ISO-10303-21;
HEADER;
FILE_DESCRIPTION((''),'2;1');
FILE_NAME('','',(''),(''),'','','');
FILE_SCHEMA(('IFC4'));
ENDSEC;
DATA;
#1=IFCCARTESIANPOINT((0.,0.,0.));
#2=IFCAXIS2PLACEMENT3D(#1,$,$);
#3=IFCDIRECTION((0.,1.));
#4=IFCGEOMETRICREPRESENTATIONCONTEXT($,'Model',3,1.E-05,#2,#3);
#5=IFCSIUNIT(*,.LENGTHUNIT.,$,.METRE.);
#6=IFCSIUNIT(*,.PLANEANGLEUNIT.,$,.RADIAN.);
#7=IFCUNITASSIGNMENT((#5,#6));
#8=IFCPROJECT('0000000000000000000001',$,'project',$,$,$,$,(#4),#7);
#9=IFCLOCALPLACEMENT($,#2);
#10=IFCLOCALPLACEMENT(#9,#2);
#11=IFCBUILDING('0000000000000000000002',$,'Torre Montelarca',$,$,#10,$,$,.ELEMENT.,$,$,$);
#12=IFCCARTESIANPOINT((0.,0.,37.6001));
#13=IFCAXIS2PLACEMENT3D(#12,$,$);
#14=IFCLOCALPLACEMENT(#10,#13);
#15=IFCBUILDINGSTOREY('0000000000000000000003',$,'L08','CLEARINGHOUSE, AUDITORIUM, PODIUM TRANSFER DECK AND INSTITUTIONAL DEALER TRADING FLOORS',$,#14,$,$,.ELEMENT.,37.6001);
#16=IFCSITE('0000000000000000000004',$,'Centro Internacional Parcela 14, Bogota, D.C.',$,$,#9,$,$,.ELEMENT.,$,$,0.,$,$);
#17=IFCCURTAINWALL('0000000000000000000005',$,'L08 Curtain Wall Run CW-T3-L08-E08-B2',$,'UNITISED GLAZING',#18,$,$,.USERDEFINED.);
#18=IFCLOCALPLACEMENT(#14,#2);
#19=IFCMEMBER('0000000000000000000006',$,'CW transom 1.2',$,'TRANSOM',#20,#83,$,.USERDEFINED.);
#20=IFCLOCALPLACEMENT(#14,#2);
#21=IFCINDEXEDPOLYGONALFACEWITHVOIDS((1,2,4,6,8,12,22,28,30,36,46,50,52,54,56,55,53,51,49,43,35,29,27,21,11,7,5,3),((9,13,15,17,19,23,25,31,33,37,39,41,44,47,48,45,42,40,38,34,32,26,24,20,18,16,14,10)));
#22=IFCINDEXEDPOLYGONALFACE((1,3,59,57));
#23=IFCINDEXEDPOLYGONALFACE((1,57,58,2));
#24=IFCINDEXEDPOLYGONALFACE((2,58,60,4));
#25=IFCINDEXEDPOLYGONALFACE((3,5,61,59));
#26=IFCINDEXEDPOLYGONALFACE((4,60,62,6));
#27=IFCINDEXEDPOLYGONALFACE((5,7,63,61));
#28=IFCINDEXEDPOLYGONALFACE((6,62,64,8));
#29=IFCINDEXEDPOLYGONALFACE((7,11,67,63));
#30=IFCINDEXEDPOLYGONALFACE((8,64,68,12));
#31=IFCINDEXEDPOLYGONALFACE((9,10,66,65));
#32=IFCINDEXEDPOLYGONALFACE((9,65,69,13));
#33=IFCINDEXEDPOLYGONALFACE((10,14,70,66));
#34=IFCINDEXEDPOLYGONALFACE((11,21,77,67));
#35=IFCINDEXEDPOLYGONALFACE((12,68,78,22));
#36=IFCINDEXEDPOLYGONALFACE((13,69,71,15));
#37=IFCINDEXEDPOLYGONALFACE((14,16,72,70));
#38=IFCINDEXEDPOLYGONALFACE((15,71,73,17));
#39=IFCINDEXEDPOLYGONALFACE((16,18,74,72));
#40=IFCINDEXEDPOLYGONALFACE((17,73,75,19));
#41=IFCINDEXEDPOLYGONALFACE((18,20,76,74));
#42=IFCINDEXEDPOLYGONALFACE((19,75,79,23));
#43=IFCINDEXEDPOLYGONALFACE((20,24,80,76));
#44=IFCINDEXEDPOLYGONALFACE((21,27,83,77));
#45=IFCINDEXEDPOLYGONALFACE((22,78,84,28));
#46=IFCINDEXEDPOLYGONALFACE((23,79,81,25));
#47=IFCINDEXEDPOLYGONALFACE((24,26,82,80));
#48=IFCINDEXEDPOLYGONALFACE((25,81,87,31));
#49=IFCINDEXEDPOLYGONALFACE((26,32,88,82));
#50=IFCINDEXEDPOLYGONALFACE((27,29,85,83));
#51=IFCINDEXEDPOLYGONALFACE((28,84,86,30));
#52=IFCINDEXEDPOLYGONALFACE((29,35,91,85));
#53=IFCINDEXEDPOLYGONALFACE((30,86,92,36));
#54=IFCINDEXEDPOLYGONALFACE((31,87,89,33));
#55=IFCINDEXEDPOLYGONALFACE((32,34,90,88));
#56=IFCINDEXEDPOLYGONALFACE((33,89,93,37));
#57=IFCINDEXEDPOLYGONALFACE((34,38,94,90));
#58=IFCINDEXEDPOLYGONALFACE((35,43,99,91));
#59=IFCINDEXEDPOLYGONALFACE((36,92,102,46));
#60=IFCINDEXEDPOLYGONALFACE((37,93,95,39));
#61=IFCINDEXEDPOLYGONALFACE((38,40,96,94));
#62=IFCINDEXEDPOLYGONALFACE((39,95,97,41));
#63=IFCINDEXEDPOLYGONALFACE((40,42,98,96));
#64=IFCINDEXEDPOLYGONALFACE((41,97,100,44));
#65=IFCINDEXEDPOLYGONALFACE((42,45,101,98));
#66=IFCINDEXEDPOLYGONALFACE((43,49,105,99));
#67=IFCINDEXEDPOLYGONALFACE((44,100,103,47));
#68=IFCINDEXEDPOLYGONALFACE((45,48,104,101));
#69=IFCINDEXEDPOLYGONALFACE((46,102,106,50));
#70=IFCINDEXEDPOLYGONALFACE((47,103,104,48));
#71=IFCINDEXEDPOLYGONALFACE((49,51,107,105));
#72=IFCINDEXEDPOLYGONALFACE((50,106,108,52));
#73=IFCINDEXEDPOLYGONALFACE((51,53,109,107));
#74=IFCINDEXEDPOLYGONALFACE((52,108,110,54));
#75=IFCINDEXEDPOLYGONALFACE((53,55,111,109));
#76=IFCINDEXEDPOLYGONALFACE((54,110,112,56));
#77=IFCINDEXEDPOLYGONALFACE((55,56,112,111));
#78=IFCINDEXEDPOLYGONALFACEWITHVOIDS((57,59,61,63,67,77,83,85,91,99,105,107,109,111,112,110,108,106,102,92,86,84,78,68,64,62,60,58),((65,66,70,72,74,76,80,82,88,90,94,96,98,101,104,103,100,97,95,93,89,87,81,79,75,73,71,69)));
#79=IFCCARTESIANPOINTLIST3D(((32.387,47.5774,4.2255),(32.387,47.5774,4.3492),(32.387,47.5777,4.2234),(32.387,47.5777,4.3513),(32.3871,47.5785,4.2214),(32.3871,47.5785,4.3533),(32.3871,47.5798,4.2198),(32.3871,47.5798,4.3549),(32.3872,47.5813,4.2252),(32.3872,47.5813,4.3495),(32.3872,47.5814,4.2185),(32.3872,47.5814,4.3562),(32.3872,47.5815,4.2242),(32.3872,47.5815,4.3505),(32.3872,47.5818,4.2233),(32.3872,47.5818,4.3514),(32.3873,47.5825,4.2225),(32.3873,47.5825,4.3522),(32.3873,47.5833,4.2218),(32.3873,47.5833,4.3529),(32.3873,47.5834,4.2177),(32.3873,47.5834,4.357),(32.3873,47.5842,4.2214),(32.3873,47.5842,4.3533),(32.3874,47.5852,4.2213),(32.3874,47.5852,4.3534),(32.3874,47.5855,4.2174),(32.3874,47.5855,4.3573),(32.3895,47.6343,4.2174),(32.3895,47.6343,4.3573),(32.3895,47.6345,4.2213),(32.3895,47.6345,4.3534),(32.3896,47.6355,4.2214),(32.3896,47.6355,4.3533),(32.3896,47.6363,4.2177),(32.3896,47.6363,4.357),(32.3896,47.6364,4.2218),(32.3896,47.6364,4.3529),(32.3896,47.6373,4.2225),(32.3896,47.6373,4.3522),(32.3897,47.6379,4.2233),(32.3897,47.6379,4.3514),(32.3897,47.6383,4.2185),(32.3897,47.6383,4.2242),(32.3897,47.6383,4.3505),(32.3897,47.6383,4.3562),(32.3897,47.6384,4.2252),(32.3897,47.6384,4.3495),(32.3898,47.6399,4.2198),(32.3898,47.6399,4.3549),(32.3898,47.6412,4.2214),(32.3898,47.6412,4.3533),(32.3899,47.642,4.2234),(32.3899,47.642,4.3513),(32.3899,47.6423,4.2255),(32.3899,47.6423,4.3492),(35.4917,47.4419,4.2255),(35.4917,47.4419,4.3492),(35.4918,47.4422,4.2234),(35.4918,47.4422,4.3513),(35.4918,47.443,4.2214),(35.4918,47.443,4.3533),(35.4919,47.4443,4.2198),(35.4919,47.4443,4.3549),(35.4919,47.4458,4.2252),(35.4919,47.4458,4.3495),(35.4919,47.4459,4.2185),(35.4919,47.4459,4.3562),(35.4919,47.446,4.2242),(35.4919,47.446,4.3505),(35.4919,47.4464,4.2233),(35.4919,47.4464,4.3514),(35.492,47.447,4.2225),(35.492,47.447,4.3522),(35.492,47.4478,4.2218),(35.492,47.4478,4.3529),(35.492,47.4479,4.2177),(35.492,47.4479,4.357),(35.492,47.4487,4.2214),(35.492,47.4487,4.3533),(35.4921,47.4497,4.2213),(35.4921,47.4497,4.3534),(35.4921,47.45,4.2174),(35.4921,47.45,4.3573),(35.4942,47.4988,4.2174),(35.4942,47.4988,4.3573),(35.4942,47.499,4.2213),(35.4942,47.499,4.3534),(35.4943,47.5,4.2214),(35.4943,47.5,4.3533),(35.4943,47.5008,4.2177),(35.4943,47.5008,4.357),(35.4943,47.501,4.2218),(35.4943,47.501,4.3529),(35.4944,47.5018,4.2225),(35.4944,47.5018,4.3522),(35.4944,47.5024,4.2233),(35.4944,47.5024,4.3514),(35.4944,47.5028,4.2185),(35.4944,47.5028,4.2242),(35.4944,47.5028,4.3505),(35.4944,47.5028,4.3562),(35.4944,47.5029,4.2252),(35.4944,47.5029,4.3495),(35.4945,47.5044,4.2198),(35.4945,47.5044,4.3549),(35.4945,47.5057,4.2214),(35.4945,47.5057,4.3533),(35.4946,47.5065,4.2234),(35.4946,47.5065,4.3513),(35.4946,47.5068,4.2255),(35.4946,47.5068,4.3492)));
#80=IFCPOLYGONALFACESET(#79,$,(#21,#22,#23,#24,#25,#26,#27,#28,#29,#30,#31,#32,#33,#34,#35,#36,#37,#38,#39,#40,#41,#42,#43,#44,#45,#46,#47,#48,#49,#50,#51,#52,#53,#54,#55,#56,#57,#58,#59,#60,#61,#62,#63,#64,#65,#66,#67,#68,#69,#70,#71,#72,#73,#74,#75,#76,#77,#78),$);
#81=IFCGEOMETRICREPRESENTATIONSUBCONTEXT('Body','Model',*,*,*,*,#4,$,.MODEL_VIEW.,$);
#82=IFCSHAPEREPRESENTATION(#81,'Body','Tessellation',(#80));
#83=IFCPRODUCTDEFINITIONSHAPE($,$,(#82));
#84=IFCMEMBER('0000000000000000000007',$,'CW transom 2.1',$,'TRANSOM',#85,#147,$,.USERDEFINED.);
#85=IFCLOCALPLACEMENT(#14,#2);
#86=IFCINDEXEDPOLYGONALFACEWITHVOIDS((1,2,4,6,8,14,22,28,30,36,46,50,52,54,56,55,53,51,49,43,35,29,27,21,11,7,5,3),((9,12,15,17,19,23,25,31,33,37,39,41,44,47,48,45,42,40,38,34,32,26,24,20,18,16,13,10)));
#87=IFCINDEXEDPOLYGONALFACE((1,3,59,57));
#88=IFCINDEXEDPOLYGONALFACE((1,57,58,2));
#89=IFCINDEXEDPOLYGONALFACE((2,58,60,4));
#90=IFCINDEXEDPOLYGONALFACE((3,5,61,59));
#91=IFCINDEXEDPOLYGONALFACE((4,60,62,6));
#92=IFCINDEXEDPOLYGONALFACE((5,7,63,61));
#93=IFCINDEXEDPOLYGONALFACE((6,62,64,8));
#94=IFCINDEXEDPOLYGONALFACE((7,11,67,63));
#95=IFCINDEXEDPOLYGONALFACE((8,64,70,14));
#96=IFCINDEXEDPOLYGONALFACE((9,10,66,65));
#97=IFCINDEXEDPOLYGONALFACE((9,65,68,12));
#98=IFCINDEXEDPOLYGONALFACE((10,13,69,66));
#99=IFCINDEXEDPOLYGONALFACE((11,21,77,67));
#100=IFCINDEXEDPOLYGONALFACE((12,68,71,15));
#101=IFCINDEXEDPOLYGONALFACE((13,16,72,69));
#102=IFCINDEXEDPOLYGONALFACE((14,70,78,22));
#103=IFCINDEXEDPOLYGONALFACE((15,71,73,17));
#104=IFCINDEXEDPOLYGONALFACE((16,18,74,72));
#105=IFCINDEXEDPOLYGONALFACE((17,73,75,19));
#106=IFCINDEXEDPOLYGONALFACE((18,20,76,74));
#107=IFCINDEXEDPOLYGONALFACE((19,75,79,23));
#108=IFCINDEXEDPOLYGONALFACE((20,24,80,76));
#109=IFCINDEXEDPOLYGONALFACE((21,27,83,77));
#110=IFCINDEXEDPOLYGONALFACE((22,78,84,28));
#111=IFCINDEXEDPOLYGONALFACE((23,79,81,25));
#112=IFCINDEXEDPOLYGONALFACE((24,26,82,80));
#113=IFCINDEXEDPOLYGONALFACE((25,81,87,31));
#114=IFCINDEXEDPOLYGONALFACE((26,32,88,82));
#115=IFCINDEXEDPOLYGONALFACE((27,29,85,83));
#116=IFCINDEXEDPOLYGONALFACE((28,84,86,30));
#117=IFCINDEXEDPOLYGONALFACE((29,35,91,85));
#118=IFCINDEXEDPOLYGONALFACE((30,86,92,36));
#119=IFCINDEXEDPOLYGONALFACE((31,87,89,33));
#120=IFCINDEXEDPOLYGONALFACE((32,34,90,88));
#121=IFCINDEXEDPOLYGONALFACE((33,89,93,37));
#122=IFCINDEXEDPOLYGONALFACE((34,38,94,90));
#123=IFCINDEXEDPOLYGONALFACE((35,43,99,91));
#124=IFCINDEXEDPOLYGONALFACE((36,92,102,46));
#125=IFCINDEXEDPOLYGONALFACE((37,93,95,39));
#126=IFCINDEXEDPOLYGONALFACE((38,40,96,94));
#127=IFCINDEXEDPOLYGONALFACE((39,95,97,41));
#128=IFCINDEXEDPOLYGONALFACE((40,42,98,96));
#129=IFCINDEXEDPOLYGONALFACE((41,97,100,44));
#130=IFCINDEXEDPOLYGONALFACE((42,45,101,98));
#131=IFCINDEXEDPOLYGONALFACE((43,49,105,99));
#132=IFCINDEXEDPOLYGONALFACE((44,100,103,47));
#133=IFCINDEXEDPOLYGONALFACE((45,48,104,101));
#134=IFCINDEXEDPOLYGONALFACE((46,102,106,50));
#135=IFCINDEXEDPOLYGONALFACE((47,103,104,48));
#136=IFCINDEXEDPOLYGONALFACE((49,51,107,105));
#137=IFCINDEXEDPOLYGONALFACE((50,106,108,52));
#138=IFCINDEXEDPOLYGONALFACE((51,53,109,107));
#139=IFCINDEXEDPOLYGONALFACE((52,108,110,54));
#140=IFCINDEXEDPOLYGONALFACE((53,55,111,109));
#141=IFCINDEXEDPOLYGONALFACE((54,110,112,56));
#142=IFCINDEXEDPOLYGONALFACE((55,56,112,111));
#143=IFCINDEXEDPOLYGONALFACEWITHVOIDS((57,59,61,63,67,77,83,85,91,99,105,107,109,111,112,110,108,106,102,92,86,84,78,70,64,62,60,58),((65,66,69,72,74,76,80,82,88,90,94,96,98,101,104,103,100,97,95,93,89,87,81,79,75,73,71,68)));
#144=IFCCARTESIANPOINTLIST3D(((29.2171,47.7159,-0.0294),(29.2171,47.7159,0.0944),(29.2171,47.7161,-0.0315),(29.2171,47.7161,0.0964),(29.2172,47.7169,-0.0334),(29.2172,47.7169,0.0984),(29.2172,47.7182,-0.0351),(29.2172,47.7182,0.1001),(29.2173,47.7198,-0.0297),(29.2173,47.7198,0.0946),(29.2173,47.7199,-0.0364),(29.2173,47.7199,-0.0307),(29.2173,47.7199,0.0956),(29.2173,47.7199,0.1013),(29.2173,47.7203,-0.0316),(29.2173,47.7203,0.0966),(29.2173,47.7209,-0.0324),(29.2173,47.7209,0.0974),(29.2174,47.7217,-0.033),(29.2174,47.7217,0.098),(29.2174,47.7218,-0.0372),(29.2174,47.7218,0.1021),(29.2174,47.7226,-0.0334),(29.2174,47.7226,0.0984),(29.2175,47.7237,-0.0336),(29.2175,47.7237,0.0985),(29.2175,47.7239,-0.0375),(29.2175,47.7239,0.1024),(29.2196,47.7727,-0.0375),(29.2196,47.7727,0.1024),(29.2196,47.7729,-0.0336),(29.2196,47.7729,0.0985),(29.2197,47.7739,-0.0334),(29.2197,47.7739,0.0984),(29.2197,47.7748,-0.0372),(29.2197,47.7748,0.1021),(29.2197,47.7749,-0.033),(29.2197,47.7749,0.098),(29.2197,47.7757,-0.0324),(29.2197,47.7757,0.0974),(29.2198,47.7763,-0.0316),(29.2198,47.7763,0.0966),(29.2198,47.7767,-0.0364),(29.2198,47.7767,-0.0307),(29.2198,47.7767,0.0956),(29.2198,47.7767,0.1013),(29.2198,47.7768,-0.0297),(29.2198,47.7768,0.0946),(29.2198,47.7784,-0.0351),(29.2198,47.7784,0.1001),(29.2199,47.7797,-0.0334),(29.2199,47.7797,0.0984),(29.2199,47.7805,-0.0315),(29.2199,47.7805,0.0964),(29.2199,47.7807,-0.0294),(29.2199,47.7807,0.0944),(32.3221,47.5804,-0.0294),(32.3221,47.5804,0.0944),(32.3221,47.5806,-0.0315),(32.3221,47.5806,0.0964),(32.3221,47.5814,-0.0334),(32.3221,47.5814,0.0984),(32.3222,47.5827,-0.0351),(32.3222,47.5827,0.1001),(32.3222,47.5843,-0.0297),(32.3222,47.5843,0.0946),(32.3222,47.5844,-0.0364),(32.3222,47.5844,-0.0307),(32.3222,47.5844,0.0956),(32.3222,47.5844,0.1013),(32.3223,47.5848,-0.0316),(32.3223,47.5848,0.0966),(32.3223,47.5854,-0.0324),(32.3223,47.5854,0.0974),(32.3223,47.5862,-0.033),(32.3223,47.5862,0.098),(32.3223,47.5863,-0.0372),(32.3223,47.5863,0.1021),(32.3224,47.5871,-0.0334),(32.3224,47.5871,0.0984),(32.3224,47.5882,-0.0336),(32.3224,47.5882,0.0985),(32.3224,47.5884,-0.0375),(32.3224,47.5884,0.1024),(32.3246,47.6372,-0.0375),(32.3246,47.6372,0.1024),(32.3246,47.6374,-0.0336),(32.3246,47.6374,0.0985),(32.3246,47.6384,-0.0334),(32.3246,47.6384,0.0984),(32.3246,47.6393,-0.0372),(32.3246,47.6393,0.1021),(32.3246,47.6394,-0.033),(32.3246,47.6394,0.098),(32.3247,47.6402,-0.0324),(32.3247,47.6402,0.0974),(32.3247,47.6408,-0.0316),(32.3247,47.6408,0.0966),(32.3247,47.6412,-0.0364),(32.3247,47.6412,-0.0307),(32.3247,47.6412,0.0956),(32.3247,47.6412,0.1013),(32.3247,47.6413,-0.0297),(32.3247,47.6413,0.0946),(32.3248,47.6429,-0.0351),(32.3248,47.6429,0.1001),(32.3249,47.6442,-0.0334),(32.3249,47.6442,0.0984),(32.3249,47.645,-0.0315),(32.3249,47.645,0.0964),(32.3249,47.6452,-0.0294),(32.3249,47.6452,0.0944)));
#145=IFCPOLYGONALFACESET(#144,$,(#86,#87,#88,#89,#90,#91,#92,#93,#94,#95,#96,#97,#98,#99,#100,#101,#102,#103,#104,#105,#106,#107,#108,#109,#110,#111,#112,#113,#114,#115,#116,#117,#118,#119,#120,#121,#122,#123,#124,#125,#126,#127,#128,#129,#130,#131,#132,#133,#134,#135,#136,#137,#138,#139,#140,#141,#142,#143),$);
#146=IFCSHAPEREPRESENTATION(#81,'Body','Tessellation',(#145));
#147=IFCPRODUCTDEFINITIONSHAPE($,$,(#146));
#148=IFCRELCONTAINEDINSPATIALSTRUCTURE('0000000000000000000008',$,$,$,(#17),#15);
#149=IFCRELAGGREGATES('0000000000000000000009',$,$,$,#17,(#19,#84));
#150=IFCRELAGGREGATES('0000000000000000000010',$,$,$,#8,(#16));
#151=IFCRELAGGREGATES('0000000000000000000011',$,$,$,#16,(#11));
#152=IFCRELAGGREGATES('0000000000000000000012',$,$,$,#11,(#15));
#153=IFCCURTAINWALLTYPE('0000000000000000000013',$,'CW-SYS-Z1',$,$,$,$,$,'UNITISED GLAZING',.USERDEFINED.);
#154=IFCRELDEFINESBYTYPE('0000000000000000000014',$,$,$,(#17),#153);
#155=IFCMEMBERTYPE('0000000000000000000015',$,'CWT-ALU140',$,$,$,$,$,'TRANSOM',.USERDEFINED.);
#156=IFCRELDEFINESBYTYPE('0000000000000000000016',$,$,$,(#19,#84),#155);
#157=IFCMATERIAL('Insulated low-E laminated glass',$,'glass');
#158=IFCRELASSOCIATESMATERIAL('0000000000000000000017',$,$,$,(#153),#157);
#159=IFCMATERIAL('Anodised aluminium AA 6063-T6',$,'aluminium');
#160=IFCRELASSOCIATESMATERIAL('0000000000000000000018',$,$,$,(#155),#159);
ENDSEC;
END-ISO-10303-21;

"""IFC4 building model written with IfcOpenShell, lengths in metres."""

from ifc_helpers import new_model, si_unit, direction, frame, origin, origin_2d, place, context, subcontext, project, spatial, hollow_rectangle, extrude, source, transform, mapped, material, material_profile, profile_set, type_object, element, aggregate, save


model = new_model("IFC4")

# Units and contexts
model_context = context("Model", 3, precision=1e-05, world=origin(), true_north=direction((0.0, 1.0)))
body_context = subcontext(model_context, "Body", "Model", "MODEL_VIEW")
ifc_project = project(units=[si_unit("LENGTHUNIT", "METRE"), si_unit("PLANEANGLEUNIT", "RADIAN")], contexts=[model_context])

# Site, building, storey
site_placement = place(None, origin())
site = spatial("IfcSite", under=ifc_project, at=site_placement, Name="Centro Internacional Parcela 14, Bogota, D.C.", CompositionType="ELEMENT", RefElevation=0.0)
building_placement = place(site_placement, origin())
building = spatial("IfcBuilding", under=site, at=building_placement, Name="Torre Montelarca", CompositionType="ELEMENT")
storey_placement = place(building_placement, frame((0.0, 0.0, 37.6001)))
storey = spatial("IfcBuildingStorey", under=building, at=storey_placement, Name="L08", Description="CLEARINGHOUSE, AUDITORIUM, PODIUM TRANSFER DECK AND INSTITUTIONAL DEALER TRADING FLOORS", CompositionType="ELEMENT", Elevation=37.6001)

# Curtain wall
ifc_material_1 = material(Name="Insulated low-E laminated glass", Category="glass")
curtain_wall_type = type_object("IfcCurtainWallType", Name="CW-SYS-Z1", ElementType="UNITISED GLAZING", PredefinedType="USERDEFINED", material=ifc_material_1)
curtain_wall_1_placement = place(storey_placement, origin())
curtain_wall_1 = element("IfcCurtainWall", 1, at=curtain_wall_1_placement, inside=storey, type_object=curtain_wall_type, Name="L08 Curtain Wall Run CW-T3-L08-E08-B2", ObjectType="UNITISED GLAZING", PredefinedType="USERDEFINED")
ifc_material_2 = material(Name="Anodised aluminium AA 6063-T6", Category="aluminium")

# Members
ifc_material_profile_1 = material_profile(ifc_material_2, hollow_rectangle(XDim=0.0649, YDim=0.1399, WallThickness=0.0039, InnerFilletRadius=0.0039, OuterFilletRadius=0.0081, at=origin_2d()), Name="ALU65X140X4", Category="aluminium")
ifc_profile_set_1 = profile_set([ifc_material_profile_1], Name="Anodised aluminium AA 6063-T6")
member_type_1 = type_object("IfcMemberType", Name="CWT-ALU140", ElementType="TRANSOM", PredefinedType="USERDEFINED", material=ifc_profile_set_1)
shared_shape_1 = source(origin(), body_context, "Body", "SweptSolid", [
    extrude(hollow_rectangle(XDim=0.0649, YDim=0.1399, WallThickness=0.0039, InnerFilletRadius=0.0039, OuterFilletRadius=0.0081, at=origin_2d()), origin(), (0.0, 0.0, 1.0), 3.1077),
])
member_1_placement = place(storey_placement, frame((35.4932, 47.4744, 4.2874), z_axis=(-0.999049, 0.043601, 0.0), x_axis=(-0.043601, -0.999049, 0.0)))
member_1 = element("IfcMember", 2, at=member_1_placement, type_object=member_type_1, Name="CW transom 1.2", ObjectType="TRANSOM", PredefinedType="USERDEFINED", context=body_context, shape_type="MappedRepresentation", body=[
    mapped(shared_shape_1, transform((0.0, 0.0, 0.0), scale=1.0)),
])
shared_shape_2 = source(origin(), body_context, "Body", "SweptSolid", [
    extrude(hollow_rectangle(XDim=0.0649, YDim=0.1399, WallThickness=0.0039, InnerFilletRadius=0.0039, OuterFilletRadius=0.0081, at=origin_2d()), origin(), (0.0, 0.0, 1.0), 3.1079),
])
member_2_placement = place(storey_placement, frame((32.3235, 47.6128, 0.0325), z_axis=(-0.999049, 0.043597, 0.0), x_axis=(-0.043597, -0.999049, 0.0)))
member_2 = element("IfcMember", 3, at=member_2_placement, type_object=member_type_1, Name="CW transom 2.1", ObjectType="TRANSOM", PredefinedType="USERDEFINED", context=body_context, shape_type="MappedRepresentation", body=[
    mapped(shared_shape_2, transform((0.0, 0.0, 0.0), scale=1.0)),
])

aggregate(curtain_wall_1, [member_1, member_2])

save(model, "model.ifc")
